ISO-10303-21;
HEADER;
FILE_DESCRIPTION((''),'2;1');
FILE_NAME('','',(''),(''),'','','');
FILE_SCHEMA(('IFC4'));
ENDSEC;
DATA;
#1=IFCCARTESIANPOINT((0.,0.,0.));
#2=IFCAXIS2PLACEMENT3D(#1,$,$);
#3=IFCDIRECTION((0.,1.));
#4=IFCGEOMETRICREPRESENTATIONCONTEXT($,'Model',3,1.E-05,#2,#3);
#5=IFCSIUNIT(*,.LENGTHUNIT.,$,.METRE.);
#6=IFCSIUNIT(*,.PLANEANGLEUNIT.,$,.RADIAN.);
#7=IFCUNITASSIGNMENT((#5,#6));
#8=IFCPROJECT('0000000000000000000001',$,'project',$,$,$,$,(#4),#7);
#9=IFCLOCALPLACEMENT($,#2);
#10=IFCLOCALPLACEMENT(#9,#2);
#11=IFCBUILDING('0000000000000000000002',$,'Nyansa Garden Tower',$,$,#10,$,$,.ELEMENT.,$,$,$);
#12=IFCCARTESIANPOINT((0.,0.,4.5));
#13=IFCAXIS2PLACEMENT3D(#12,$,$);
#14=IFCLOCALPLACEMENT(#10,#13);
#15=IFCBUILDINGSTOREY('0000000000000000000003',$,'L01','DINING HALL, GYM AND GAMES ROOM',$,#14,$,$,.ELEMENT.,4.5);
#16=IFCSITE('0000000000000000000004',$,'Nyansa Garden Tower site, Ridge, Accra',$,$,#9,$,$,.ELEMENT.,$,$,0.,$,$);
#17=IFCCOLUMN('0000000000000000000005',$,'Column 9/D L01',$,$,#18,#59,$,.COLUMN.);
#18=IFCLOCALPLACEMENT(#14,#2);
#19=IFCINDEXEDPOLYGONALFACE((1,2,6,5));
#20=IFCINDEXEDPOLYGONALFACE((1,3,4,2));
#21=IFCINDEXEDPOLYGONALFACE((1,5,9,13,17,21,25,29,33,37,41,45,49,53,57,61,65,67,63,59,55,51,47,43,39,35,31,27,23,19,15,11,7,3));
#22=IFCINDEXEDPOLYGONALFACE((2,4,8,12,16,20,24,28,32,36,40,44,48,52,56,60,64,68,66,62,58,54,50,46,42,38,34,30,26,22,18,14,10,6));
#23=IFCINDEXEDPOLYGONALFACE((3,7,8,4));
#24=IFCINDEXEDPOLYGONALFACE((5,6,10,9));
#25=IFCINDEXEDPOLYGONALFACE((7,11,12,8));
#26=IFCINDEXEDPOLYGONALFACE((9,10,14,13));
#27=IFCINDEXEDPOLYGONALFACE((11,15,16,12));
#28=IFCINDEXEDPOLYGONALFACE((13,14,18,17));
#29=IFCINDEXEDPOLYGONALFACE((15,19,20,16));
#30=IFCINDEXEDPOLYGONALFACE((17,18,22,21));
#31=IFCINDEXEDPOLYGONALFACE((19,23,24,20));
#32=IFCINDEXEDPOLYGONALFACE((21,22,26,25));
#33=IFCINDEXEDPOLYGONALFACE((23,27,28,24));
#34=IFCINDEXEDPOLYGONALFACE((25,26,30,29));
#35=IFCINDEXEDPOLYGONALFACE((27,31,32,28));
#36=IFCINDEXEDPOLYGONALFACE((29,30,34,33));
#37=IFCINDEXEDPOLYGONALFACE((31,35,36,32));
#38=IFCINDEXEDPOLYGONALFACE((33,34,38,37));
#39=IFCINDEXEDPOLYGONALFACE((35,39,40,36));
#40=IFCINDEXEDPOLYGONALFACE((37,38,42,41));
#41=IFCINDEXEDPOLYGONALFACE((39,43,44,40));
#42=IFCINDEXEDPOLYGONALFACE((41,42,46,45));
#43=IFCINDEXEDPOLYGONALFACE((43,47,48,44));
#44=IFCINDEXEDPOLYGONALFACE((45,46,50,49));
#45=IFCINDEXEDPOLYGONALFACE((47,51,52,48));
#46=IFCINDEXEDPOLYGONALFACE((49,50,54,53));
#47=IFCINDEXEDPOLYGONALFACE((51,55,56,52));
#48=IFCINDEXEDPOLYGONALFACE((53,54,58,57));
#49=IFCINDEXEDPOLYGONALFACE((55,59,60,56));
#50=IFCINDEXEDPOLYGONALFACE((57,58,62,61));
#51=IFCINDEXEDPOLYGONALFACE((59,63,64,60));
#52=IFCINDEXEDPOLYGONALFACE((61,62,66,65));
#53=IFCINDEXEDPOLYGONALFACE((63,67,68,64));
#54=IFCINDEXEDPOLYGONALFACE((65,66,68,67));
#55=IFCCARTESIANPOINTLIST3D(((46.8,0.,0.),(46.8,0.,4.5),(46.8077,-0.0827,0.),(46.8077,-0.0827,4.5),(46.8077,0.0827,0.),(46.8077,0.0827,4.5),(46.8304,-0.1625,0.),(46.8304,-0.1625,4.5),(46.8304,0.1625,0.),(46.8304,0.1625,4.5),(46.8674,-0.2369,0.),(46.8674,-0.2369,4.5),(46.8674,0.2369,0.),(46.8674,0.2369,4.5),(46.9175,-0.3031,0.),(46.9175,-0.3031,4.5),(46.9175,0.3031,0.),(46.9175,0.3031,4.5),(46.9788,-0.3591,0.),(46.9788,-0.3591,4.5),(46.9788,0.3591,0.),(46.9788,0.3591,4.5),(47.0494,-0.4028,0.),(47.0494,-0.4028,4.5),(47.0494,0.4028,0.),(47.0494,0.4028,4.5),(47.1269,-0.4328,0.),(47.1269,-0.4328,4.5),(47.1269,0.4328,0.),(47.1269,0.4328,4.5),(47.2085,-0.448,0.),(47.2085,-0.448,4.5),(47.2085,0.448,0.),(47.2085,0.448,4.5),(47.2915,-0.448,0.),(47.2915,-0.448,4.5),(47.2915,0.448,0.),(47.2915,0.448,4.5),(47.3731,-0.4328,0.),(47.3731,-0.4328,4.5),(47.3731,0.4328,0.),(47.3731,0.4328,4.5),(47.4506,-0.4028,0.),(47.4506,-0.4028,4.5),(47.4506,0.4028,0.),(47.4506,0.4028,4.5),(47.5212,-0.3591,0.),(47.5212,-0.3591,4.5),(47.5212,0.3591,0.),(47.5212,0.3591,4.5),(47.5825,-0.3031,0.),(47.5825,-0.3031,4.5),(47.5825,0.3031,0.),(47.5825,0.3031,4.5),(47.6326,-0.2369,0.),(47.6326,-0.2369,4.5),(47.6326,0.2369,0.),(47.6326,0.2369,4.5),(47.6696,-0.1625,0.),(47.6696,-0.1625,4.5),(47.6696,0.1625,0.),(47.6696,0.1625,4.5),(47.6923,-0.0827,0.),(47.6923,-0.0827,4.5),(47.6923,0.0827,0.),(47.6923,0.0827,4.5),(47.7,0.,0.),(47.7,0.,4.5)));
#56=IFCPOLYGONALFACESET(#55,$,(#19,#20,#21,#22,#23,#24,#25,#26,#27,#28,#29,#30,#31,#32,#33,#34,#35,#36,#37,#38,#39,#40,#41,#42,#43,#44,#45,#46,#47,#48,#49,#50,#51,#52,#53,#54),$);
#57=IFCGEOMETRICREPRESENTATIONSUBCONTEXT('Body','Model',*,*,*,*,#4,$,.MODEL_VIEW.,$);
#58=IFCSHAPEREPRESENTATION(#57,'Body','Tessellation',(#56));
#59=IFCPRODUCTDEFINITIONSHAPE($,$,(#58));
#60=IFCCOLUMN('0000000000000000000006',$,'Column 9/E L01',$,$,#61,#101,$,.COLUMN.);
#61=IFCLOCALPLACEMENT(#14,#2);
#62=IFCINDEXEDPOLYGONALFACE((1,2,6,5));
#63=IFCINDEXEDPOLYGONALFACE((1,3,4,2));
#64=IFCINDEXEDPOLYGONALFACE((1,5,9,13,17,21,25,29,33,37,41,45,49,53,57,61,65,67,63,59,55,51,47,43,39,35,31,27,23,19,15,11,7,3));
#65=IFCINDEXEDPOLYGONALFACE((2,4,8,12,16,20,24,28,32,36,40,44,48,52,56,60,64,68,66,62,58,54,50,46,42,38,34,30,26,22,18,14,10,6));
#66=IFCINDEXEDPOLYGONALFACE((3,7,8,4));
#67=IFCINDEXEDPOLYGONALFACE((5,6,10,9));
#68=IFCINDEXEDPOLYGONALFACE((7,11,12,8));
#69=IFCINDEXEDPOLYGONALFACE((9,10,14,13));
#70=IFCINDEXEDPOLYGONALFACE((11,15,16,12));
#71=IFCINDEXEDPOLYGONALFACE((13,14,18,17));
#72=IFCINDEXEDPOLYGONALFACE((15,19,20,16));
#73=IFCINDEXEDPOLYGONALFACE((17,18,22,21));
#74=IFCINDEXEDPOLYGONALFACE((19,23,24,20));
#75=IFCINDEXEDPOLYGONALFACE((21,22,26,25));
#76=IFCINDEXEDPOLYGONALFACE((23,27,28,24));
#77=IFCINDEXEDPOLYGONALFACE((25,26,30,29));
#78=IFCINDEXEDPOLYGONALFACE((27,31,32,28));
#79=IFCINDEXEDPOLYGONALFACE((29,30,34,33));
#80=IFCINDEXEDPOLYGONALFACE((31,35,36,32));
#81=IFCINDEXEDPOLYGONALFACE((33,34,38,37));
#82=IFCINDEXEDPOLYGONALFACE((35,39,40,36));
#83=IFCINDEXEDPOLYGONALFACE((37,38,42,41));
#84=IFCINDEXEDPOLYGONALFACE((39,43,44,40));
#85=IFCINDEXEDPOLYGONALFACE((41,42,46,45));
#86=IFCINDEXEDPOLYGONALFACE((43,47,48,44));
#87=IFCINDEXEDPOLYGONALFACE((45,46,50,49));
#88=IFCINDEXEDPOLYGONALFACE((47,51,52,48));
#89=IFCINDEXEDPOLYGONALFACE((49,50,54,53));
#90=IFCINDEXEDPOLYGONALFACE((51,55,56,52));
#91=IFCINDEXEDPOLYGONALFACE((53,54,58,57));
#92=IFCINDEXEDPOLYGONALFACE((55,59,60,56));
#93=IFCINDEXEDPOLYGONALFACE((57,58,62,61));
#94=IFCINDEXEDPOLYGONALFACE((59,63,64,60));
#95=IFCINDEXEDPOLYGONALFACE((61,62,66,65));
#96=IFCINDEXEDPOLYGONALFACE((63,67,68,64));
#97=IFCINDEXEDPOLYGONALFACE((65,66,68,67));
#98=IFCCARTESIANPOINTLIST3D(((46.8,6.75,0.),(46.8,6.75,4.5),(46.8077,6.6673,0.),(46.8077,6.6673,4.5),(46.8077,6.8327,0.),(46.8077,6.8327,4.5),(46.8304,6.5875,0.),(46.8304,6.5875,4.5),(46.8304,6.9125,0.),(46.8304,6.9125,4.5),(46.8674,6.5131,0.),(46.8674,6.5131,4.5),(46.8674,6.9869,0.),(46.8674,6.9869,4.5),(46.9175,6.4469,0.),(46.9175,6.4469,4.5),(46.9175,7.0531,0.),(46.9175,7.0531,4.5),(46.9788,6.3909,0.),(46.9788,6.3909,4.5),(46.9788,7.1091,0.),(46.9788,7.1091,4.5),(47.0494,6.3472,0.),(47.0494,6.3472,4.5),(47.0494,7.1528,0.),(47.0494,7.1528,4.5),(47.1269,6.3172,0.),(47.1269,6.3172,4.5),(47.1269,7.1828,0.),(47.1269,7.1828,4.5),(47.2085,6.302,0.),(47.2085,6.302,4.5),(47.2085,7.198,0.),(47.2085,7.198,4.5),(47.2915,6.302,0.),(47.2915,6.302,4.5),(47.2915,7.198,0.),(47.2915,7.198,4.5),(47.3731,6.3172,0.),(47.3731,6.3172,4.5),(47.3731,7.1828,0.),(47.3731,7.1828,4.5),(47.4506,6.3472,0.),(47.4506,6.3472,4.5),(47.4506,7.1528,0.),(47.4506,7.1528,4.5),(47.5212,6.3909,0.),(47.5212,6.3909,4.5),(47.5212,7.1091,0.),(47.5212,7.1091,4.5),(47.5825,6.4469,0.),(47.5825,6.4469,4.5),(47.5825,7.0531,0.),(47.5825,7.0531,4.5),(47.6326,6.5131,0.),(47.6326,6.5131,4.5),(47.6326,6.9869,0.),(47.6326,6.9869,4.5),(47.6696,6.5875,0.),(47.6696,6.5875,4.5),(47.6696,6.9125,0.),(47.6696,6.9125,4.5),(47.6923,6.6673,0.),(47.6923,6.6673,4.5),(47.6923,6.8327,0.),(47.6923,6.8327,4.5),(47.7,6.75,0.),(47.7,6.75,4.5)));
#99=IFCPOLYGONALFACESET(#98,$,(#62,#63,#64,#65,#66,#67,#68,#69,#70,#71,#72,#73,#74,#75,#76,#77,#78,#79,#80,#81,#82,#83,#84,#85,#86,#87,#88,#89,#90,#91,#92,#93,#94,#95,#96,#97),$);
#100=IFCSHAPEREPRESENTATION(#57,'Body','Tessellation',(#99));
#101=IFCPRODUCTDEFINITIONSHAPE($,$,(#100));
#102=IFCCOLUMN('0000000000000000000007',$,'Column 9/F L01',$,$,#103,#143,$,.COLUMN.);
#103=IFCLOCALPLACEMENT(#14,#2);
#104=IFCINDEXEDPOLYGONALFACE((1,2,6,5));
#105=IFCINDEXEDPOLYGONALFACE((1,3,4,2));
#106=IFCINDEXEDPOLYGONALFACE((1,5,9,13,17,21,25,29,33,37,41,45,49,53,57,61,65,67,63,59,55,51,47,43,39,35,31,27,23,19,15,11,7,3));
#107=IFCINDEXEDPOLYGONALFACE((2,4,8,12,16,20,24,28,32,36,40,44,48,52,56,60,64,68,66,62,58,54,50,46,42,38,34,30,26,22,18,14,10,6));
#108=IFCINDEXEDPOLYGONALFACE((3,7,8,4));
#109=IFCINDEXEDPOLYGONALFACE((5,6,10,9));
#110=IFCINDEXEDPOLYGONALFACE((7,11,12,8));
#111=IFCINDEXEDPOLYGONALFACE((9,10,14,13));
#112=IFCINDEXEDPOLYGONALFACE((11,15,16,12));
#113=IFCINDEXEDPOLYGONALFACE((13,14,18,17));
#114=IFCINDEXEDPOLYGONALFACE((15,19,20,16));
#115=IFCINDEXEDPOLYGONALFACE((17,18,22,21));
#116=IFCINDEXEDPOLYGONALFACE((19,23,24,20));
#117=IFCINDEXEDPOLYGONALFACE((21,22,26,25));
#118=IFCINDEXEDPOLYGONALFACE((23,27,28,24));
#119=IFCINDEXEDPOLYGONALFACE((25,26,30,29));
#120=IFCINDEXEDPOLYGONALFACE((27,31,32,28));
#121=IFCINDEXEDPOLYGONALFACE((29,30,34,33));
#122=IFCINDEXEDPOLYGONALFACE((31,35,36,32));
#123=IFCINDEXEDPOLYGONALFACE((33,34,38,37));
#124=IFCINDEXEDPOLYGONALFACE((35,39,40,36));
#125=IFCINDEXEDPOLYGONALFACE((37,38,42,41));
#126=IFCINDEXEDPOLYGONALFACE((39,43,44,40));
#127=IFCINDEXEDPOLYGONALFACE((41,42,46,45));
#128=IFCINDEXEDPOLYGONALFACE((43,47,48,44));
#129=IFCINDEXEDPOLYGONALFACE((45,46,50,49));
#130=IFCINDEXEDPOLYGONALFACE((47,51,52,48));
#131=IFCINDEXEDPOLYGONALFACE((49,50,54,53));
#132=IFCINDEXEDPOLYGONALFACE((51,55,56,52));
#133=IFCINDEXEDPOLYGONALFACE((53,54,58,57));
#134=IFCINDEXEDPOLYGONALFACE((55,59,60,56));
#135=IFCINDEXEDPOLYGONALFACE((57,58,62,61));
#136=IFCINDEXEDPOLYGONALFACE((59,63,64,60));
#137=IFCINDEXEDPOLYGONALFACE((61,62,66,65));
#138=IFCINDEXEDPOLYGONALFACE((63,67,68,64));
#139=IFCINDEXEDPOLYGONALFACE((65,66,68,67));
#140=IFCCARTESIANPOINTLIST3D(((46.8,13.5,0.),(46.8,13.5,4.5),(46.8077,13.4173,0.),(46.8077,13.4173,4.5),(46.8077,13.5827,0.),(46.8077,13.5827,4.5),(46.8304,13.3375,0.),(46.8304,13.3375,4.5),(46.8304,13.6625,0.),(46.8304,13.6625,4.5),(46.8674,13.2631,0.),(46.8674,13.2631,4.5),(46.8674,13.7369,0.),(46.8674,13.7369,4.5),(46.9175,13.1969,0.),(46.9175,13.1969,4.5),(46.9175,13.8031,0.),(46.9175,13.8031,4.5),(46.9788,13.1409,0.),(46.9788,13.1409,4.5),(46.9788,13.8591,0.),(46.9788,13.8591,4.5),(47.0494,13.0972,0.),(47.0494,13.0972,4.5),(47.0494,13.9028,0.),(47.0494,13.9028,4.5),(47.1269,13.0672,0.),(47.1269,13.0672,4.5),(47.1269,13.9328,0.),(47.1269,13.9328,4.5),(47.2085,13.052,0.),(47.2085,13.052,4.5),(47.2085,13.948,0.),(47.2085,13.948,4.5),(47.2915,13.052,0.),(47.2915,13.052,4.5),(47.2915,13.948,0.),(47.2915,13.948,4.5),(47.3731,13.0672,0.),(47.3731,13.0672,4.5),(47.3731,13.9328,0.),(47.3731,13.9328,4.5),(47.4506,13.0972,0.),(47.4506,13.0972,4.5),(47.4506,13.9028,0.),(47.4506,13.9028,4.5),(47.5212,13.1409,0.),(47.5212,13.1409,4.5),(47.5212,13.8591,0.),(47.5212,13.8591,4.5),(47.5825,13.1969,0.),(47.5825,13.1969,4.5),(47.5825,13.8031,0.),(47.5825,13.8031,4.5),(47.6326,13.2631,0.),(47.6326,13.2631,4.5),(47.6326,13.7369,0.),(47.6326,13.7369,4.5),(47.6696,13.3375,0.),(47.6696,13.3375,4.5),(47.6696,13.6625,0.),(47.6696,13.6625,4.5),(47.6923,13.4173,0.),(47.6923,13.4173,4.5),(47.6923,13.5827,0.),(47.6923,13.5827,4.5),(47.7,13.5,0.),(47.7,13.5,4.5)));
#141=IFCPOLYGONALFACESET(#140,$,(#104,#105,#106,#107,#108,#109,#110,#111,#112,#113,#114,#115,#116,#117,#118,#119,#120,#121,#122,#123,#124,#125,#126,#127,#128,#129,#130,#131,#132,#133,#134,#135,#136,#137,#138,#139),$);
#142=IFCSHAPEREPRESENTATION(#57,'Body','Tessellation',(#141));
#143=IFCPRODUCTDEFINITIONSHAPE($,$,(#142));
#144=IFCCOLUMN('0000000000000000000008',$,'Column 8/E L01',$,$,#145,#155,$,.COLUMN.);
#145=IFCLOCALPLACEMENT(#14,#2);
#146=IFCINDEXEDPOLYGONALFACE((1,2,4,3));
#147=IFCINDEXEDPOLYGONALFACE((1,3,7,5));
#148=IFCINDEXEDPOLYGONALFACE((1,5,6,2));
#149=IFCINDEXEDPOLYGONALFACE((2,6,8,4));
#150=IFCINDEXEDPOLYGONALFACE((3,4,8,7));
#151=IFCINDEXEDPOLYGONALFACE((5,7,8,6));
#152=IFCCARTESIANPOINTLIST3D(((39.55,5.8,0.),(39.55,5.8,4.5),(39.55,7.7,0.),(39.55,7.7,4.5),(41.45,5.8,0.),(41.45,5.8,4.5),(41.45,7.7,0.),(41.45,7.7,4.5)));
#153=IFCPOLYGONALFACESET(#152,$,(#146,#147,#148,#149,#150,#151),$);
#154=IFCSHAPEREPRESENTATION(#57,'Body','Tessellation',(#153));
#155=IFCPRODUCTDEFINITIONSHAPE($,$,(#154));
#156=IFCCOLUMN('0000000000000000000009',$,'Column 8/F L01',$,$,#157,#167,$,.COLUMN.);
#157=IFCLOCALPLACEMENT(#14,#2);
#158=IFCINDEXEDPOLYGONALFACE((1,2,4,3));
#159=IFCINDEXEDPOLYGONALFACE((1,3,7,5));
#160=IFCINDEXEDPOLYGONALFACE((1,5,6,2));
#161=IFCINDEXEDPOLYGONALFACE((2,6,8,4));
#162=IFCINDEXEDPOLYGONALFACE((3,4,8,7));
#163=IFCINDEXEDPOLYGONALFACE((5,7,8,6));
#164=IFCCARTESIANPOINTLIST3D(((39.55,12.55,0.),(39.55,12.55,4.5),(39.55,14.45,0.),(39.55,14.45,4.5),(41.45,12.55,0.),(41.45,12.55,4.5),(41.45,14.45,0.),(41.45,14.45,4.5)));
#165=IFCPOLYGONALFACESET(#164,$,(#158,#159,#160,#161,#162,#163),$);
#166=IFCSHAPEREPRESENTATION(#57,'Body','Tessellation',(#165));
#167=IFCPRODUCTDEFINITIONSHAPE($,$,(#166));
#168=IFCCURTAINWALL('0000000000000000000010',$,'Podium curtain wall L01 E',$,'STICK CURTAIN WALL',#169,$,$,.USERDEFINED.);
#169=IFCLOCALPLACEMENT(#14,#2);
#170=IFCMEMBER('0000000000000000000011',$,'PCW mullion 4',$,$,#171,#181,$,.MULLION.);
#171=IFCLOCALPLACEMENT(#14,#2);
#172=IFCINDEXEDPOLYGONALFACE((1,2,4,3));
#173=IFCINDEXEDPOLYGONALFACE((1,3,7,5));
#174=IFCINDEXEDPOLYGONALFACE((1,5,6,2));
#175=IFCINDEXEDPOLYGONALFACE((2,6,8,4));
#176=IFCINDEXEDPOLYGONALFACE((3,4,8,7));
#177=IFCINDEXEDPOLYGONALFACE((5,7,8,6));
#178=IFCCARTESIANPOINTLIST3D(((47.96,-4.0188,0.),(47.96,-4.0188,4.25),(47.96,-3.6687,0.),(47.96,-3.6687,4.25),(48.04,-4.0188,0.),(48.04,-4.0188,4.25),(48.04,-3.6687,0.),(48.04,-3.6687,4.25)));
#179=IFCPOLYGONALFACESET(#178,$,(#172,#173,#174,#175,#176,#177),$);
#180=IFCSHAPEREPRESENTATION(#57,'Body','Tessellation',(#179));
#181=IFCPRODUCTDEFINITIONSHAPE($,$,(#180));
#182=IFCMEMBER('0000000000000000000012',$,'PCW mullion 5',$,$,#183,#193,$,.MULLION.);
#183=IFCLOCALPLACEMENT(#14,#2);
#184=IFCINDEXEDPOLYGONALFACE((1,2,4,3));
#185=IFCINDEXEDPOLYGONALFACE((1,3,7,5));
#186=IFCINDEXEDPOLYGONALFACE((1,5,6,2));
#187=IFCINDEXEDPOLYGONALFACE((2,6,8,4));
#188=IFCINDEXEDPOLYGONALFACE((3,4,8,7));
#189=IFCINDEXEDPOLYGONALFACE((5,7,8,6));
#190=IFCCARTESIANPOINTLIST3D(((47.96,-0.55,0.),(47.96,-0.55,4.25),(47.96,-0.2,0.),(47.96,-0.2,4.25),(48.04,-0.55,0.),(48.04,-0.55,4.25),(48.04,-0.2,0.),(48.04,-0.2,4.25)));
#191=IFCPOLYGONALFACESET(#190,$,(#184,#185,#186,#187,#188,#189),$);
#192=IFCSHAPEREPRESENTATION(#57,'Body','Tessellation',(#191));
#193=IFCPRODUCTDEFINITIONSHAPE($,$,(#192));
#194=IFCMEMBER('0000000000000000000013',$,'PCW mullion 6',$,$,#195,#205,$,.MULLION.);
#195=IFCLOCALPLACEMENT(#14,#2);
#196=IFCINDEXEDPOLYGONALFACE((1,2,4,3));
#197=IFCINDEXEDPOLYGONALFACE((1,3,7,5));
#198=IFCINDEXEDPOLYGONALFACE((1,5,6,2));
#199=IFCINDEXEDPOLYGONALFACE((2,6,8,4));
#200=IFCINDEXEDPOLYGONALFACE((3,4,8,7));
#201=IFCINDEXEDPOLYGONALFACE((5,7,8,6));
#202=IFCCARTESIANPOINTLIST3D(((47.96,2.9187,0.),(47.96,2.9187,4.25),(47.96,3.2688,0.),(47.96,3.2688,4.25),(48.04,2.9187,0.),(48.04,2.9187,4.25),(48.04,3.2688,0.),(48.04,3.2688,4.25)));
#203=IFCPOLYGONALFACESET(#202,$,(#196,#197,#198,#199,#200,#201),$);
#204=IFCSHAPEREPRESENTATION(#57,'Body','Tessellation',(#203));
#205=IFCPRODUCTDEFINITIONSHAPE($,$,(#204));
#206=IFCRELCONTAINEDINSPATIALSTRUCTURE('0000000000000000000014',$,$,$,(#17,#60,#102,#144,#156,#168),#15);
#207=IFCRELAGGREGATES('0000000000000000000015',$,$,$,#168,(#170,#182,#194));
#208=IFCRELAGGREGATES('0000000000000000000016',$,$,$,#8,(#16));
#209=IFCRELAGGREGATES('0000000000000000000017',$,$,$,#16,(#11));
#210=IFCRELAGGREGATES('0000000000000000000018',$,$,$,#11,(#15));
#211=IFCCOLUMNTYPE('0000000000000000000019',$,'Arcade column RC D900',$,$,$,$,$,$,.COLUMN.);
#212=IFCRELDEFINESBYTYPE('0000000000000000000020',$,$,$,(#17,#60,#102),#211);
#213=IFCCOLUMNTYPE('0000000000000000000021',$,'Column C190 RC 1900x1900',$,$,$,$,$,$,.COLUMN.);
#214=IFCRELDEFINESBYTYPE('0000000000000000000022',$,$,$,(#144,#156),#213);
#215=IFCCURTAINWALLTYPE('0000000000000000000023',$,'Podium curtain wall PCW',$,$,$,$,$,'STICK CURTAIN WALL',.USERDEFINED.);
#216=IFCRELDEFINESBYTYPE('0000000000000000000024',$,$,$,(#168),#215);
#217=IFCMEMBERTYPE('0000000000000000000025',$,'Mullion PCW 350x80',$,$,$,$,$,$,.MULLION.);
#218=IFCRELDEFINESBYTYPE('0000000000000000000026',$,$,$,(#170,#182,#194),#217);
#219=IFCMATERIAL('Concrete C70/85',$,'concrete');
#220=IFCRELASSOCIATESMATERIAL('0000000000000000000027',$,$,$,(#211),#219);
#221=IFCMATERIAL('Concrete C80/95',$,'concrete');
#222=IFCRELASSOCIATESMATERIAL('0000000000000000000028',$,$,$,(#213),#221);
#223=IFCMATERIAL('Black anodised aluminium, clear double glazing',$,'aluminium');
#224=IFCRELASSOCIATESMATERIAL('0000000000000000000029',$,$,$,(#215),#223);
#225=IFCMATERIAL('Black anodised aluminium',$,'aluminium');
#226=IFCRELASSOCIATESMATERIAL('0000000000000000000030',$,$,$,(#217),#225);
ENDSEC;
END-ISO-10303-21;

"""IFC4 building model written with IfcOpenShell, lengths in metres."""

from ifc_helpers import new_model, si_unit, direction, frame, origin, origin_2d, place, context, subcontext, project, spatial, rectangle, circle, extrude, material, material_profile, profile_set, type_object, element, aggregate, save


model = new_model("IFC4")

# Units and contexts
model_context = context("Model", 3, precision=1e-05, world=origin(), true_north=direction((0.0, 1.0)))
body_context = subcontext(model_context, "Body", "Model", "MODEL_VIEW")
ifc_project = project(units=[si_unit("LENGTHUNIT", "METRE"), si_unit("PLANEANGLEUNIT", "RADIAN")], contexts=[model_context])

# Site, building, storey
site_placement = place(None, origin())
site = spatial("IfcSite", under=ifc_project, at=site_placement, Name="Nyansa Garden Tower site, Ridge, Accra", CompositionType="ELEMENT", RefElevation=0.0)
building_placement = place(site_placement, origin())
building = spatial("IfcBuilding", under=site, at=building_placement, Name="Nyansa Garden Tower", CompositionType="ELEMENT")
storey_placement = place(building_placement, frame((0.0, 0.0, 4.5)))
storey = spatial("IfcBuildingStorey", under=building, at=storey_placement, Name="L01", Description="DINING HALL, GYM AND GAMES ROOM", CompositionType="ELEMENT", Elevation=4.5)

# Columns
ifc_material_1 = material(Name="Concrete C70/85", Category="concrete")
ifc_material_profile_1 = material_profile(ifc_material_1, circle(Radius=0.45, at=origin_2d()), Name="RC D900")
ifc_profile_set_1 = profile_set([ifc_material_profile_1], Name="Concrete C70/85")
column_type_1 = type_object("IfcColumnType", Name="Arcade column RC D900", PredefinedType="COLUMN", material=ifc_profile_set_1)
for number, where, z_axis, x_axis, name in (
    (1, (47.25, 0.0, 0.0), (0.0, 0.0, 1.0), (1.0, 0.0, 0.0), "Column 9/D L01"),
    (2, (47.25, 6.75, 0.0), (0.0, 0.0, 1.0), (1.0, 0.0, 0.0), "Column 9/E L01"),
    (3, (47.25, 13.5, 0.0), (0.0, 0.0, 1.0), (1.0, 0.0, 0.0), "Column 9/F L01"),
):
    element("IfcColumn", number, at=place(storey_placement, frame(where, z_axis=z_axis, x_axis=x_axis)), inside=storey, type_object=column_type_1, Name=name, PredefinedType="COLUMN", context=body_context, shape_type="SweptSolid", body=[
        extrude(circle(Radius=0.45, at=origin_2d()), origin(), (0.0, 0.0, 1.0), 4.5),
    ])
ifc_material_2 = material(Name="Concrete C80/95", Category="concrete")
ifc_material_profile_2 = material_profile(ifc_material_2, rectangle(XDim=1.8999, YDim=1.8999, at=origin_2d()), Name="RC 1900x1900")
ifc_profile_set_2 = profile_set([ifc_material_profile_2], Name="Concrete C80/95")
column_type_2 = type_object("IfcColumnType", Name="Column C190 RC 1900x1900", PredefinedType="COLUMN", material=ifc_profile_set_2)
for number, where, z_axis, x_axis, name in (
    (4, (40.5, 6.75, 0.0), (0.0, 0.0, 1.0), (1.0, 0.0, 0.0), "Column 8/E L01"),
    (5, (40.5, 13.5, 0.0), (0.0, 0.0, 1.0), (1.0, 0.0, 0.0), "Column 8/F L01"),
):
    element("IfcColumn", number, at=place(storey_placement, frame(where, z_axis=z_axis, x_axis=x_axis)), inside=storey, type_object=column_type_2, Name=name, PredefinedType="COLUMN", context=body_context, shape_type="SweptSolid", body=[
        extrude(rectangle(XDim=1.8999, YDim=1.8999, at=origin_2d()), origin(), (0.0, 0.0, 1.0), 4.5),
    ])

# Curtain wall, members
ifc_material_3 = material(Name="Black anodised aluminium, clear double glazing", Category="aluminium")
curtain_wall_type = type_object("IfcCurtainWallType", Name="Podium curtain wall PCW", ElementType="STICK CURTAIN WALL", PredefinedType="USERDEFINED", material=ifc_material_3)
curtain_wall_placement = place(storey_placement, origin())
curtain_wall = element("IfcCurtainWall", 6, at=curtain_wall_placement, inside=storey, type_object=curtain_wall_type, Name="Podium curtain wall L01 E", ObjectType="STICK CURTAIN WALL", PredefinedType="USERDEFINED")
ifc_material_4 = material(Name="Black anodised aluminium", Category="aluminium")
ifc_material_profile_3 = material_profile(ifc_material_4, rectangle(XDim=0.0801, YDim=0.3501, at=origin_2d()), Name="Mullion 350x80")
ifc_profile_set_3 = profile_set([ifc_material_profile_3], Name="Black anodised aluminium")
member_type_1 = type_object("IfcMemberType", Name="Mullion PCW 350x80", PredefinedType="MULLION", material=ifc_profile_set_3)
member_1_placement = place(storey_placement, frame((48.0, -3.8438, 0.0), z_axis=(0.0, 0.0, 1.0), x_axis=(-1.0, 0.0, 0.0)))
member_1 = element("IfcMember", 7, at=member_1_placement, type_object=member_type_1, Name="PCW mullion 4", PredefinedType="MULLION", context=body_context, shape_type="SweptSolid", body=[
    extrude(rectangle(XDim=0.0801, YDim=0.3501, at=origin_2d()), origin(), (0.0, 0.0, 1.0), 4.25),
])
member_2_placement = place(storey_placement, frame((48.0, -0.375, 0.0), z_axis=(0.0, 0.0, 1.0), x_axis=(-1.0, 0.0, 0.0)))
member_2 = element("IfcMember", 8, at=member_2_placement, type_object=member_type_1, Name="PCW mullion 5", PredefinedType="MULLION", context=body_context, shape_type="SweptSolid", body=[
    extrude(rectangle(XDim=0.0801, YDim=0.3501, at=origin_2d()), origin(), (0.0, 0.0, 1.0), 4.25),
])
member_3_placement = place(storey_placement, frame((48.0, 3.0938, 0.0), z_axis=(0.0, 0.0, 1.0), x_axis=(-1.0, 0.0, 0.0)))
member_3 = element("IfcMember", 9, at=member_3_placement, type_object=member_type_1, Name="PCW mullion 6", PredefinedType="MULLION", context=body_context, shape_type="SweptSolid", body=[
    extrude(rectangle(XDim=0.0801, YDim=0.3501, at=origin_2d()), origin(), (0.0, 0.0, 1.0), 4.25),
])

aggregate(curtain_wall, [member_1, member_2, member_3])

save(model, "model.ifc")
